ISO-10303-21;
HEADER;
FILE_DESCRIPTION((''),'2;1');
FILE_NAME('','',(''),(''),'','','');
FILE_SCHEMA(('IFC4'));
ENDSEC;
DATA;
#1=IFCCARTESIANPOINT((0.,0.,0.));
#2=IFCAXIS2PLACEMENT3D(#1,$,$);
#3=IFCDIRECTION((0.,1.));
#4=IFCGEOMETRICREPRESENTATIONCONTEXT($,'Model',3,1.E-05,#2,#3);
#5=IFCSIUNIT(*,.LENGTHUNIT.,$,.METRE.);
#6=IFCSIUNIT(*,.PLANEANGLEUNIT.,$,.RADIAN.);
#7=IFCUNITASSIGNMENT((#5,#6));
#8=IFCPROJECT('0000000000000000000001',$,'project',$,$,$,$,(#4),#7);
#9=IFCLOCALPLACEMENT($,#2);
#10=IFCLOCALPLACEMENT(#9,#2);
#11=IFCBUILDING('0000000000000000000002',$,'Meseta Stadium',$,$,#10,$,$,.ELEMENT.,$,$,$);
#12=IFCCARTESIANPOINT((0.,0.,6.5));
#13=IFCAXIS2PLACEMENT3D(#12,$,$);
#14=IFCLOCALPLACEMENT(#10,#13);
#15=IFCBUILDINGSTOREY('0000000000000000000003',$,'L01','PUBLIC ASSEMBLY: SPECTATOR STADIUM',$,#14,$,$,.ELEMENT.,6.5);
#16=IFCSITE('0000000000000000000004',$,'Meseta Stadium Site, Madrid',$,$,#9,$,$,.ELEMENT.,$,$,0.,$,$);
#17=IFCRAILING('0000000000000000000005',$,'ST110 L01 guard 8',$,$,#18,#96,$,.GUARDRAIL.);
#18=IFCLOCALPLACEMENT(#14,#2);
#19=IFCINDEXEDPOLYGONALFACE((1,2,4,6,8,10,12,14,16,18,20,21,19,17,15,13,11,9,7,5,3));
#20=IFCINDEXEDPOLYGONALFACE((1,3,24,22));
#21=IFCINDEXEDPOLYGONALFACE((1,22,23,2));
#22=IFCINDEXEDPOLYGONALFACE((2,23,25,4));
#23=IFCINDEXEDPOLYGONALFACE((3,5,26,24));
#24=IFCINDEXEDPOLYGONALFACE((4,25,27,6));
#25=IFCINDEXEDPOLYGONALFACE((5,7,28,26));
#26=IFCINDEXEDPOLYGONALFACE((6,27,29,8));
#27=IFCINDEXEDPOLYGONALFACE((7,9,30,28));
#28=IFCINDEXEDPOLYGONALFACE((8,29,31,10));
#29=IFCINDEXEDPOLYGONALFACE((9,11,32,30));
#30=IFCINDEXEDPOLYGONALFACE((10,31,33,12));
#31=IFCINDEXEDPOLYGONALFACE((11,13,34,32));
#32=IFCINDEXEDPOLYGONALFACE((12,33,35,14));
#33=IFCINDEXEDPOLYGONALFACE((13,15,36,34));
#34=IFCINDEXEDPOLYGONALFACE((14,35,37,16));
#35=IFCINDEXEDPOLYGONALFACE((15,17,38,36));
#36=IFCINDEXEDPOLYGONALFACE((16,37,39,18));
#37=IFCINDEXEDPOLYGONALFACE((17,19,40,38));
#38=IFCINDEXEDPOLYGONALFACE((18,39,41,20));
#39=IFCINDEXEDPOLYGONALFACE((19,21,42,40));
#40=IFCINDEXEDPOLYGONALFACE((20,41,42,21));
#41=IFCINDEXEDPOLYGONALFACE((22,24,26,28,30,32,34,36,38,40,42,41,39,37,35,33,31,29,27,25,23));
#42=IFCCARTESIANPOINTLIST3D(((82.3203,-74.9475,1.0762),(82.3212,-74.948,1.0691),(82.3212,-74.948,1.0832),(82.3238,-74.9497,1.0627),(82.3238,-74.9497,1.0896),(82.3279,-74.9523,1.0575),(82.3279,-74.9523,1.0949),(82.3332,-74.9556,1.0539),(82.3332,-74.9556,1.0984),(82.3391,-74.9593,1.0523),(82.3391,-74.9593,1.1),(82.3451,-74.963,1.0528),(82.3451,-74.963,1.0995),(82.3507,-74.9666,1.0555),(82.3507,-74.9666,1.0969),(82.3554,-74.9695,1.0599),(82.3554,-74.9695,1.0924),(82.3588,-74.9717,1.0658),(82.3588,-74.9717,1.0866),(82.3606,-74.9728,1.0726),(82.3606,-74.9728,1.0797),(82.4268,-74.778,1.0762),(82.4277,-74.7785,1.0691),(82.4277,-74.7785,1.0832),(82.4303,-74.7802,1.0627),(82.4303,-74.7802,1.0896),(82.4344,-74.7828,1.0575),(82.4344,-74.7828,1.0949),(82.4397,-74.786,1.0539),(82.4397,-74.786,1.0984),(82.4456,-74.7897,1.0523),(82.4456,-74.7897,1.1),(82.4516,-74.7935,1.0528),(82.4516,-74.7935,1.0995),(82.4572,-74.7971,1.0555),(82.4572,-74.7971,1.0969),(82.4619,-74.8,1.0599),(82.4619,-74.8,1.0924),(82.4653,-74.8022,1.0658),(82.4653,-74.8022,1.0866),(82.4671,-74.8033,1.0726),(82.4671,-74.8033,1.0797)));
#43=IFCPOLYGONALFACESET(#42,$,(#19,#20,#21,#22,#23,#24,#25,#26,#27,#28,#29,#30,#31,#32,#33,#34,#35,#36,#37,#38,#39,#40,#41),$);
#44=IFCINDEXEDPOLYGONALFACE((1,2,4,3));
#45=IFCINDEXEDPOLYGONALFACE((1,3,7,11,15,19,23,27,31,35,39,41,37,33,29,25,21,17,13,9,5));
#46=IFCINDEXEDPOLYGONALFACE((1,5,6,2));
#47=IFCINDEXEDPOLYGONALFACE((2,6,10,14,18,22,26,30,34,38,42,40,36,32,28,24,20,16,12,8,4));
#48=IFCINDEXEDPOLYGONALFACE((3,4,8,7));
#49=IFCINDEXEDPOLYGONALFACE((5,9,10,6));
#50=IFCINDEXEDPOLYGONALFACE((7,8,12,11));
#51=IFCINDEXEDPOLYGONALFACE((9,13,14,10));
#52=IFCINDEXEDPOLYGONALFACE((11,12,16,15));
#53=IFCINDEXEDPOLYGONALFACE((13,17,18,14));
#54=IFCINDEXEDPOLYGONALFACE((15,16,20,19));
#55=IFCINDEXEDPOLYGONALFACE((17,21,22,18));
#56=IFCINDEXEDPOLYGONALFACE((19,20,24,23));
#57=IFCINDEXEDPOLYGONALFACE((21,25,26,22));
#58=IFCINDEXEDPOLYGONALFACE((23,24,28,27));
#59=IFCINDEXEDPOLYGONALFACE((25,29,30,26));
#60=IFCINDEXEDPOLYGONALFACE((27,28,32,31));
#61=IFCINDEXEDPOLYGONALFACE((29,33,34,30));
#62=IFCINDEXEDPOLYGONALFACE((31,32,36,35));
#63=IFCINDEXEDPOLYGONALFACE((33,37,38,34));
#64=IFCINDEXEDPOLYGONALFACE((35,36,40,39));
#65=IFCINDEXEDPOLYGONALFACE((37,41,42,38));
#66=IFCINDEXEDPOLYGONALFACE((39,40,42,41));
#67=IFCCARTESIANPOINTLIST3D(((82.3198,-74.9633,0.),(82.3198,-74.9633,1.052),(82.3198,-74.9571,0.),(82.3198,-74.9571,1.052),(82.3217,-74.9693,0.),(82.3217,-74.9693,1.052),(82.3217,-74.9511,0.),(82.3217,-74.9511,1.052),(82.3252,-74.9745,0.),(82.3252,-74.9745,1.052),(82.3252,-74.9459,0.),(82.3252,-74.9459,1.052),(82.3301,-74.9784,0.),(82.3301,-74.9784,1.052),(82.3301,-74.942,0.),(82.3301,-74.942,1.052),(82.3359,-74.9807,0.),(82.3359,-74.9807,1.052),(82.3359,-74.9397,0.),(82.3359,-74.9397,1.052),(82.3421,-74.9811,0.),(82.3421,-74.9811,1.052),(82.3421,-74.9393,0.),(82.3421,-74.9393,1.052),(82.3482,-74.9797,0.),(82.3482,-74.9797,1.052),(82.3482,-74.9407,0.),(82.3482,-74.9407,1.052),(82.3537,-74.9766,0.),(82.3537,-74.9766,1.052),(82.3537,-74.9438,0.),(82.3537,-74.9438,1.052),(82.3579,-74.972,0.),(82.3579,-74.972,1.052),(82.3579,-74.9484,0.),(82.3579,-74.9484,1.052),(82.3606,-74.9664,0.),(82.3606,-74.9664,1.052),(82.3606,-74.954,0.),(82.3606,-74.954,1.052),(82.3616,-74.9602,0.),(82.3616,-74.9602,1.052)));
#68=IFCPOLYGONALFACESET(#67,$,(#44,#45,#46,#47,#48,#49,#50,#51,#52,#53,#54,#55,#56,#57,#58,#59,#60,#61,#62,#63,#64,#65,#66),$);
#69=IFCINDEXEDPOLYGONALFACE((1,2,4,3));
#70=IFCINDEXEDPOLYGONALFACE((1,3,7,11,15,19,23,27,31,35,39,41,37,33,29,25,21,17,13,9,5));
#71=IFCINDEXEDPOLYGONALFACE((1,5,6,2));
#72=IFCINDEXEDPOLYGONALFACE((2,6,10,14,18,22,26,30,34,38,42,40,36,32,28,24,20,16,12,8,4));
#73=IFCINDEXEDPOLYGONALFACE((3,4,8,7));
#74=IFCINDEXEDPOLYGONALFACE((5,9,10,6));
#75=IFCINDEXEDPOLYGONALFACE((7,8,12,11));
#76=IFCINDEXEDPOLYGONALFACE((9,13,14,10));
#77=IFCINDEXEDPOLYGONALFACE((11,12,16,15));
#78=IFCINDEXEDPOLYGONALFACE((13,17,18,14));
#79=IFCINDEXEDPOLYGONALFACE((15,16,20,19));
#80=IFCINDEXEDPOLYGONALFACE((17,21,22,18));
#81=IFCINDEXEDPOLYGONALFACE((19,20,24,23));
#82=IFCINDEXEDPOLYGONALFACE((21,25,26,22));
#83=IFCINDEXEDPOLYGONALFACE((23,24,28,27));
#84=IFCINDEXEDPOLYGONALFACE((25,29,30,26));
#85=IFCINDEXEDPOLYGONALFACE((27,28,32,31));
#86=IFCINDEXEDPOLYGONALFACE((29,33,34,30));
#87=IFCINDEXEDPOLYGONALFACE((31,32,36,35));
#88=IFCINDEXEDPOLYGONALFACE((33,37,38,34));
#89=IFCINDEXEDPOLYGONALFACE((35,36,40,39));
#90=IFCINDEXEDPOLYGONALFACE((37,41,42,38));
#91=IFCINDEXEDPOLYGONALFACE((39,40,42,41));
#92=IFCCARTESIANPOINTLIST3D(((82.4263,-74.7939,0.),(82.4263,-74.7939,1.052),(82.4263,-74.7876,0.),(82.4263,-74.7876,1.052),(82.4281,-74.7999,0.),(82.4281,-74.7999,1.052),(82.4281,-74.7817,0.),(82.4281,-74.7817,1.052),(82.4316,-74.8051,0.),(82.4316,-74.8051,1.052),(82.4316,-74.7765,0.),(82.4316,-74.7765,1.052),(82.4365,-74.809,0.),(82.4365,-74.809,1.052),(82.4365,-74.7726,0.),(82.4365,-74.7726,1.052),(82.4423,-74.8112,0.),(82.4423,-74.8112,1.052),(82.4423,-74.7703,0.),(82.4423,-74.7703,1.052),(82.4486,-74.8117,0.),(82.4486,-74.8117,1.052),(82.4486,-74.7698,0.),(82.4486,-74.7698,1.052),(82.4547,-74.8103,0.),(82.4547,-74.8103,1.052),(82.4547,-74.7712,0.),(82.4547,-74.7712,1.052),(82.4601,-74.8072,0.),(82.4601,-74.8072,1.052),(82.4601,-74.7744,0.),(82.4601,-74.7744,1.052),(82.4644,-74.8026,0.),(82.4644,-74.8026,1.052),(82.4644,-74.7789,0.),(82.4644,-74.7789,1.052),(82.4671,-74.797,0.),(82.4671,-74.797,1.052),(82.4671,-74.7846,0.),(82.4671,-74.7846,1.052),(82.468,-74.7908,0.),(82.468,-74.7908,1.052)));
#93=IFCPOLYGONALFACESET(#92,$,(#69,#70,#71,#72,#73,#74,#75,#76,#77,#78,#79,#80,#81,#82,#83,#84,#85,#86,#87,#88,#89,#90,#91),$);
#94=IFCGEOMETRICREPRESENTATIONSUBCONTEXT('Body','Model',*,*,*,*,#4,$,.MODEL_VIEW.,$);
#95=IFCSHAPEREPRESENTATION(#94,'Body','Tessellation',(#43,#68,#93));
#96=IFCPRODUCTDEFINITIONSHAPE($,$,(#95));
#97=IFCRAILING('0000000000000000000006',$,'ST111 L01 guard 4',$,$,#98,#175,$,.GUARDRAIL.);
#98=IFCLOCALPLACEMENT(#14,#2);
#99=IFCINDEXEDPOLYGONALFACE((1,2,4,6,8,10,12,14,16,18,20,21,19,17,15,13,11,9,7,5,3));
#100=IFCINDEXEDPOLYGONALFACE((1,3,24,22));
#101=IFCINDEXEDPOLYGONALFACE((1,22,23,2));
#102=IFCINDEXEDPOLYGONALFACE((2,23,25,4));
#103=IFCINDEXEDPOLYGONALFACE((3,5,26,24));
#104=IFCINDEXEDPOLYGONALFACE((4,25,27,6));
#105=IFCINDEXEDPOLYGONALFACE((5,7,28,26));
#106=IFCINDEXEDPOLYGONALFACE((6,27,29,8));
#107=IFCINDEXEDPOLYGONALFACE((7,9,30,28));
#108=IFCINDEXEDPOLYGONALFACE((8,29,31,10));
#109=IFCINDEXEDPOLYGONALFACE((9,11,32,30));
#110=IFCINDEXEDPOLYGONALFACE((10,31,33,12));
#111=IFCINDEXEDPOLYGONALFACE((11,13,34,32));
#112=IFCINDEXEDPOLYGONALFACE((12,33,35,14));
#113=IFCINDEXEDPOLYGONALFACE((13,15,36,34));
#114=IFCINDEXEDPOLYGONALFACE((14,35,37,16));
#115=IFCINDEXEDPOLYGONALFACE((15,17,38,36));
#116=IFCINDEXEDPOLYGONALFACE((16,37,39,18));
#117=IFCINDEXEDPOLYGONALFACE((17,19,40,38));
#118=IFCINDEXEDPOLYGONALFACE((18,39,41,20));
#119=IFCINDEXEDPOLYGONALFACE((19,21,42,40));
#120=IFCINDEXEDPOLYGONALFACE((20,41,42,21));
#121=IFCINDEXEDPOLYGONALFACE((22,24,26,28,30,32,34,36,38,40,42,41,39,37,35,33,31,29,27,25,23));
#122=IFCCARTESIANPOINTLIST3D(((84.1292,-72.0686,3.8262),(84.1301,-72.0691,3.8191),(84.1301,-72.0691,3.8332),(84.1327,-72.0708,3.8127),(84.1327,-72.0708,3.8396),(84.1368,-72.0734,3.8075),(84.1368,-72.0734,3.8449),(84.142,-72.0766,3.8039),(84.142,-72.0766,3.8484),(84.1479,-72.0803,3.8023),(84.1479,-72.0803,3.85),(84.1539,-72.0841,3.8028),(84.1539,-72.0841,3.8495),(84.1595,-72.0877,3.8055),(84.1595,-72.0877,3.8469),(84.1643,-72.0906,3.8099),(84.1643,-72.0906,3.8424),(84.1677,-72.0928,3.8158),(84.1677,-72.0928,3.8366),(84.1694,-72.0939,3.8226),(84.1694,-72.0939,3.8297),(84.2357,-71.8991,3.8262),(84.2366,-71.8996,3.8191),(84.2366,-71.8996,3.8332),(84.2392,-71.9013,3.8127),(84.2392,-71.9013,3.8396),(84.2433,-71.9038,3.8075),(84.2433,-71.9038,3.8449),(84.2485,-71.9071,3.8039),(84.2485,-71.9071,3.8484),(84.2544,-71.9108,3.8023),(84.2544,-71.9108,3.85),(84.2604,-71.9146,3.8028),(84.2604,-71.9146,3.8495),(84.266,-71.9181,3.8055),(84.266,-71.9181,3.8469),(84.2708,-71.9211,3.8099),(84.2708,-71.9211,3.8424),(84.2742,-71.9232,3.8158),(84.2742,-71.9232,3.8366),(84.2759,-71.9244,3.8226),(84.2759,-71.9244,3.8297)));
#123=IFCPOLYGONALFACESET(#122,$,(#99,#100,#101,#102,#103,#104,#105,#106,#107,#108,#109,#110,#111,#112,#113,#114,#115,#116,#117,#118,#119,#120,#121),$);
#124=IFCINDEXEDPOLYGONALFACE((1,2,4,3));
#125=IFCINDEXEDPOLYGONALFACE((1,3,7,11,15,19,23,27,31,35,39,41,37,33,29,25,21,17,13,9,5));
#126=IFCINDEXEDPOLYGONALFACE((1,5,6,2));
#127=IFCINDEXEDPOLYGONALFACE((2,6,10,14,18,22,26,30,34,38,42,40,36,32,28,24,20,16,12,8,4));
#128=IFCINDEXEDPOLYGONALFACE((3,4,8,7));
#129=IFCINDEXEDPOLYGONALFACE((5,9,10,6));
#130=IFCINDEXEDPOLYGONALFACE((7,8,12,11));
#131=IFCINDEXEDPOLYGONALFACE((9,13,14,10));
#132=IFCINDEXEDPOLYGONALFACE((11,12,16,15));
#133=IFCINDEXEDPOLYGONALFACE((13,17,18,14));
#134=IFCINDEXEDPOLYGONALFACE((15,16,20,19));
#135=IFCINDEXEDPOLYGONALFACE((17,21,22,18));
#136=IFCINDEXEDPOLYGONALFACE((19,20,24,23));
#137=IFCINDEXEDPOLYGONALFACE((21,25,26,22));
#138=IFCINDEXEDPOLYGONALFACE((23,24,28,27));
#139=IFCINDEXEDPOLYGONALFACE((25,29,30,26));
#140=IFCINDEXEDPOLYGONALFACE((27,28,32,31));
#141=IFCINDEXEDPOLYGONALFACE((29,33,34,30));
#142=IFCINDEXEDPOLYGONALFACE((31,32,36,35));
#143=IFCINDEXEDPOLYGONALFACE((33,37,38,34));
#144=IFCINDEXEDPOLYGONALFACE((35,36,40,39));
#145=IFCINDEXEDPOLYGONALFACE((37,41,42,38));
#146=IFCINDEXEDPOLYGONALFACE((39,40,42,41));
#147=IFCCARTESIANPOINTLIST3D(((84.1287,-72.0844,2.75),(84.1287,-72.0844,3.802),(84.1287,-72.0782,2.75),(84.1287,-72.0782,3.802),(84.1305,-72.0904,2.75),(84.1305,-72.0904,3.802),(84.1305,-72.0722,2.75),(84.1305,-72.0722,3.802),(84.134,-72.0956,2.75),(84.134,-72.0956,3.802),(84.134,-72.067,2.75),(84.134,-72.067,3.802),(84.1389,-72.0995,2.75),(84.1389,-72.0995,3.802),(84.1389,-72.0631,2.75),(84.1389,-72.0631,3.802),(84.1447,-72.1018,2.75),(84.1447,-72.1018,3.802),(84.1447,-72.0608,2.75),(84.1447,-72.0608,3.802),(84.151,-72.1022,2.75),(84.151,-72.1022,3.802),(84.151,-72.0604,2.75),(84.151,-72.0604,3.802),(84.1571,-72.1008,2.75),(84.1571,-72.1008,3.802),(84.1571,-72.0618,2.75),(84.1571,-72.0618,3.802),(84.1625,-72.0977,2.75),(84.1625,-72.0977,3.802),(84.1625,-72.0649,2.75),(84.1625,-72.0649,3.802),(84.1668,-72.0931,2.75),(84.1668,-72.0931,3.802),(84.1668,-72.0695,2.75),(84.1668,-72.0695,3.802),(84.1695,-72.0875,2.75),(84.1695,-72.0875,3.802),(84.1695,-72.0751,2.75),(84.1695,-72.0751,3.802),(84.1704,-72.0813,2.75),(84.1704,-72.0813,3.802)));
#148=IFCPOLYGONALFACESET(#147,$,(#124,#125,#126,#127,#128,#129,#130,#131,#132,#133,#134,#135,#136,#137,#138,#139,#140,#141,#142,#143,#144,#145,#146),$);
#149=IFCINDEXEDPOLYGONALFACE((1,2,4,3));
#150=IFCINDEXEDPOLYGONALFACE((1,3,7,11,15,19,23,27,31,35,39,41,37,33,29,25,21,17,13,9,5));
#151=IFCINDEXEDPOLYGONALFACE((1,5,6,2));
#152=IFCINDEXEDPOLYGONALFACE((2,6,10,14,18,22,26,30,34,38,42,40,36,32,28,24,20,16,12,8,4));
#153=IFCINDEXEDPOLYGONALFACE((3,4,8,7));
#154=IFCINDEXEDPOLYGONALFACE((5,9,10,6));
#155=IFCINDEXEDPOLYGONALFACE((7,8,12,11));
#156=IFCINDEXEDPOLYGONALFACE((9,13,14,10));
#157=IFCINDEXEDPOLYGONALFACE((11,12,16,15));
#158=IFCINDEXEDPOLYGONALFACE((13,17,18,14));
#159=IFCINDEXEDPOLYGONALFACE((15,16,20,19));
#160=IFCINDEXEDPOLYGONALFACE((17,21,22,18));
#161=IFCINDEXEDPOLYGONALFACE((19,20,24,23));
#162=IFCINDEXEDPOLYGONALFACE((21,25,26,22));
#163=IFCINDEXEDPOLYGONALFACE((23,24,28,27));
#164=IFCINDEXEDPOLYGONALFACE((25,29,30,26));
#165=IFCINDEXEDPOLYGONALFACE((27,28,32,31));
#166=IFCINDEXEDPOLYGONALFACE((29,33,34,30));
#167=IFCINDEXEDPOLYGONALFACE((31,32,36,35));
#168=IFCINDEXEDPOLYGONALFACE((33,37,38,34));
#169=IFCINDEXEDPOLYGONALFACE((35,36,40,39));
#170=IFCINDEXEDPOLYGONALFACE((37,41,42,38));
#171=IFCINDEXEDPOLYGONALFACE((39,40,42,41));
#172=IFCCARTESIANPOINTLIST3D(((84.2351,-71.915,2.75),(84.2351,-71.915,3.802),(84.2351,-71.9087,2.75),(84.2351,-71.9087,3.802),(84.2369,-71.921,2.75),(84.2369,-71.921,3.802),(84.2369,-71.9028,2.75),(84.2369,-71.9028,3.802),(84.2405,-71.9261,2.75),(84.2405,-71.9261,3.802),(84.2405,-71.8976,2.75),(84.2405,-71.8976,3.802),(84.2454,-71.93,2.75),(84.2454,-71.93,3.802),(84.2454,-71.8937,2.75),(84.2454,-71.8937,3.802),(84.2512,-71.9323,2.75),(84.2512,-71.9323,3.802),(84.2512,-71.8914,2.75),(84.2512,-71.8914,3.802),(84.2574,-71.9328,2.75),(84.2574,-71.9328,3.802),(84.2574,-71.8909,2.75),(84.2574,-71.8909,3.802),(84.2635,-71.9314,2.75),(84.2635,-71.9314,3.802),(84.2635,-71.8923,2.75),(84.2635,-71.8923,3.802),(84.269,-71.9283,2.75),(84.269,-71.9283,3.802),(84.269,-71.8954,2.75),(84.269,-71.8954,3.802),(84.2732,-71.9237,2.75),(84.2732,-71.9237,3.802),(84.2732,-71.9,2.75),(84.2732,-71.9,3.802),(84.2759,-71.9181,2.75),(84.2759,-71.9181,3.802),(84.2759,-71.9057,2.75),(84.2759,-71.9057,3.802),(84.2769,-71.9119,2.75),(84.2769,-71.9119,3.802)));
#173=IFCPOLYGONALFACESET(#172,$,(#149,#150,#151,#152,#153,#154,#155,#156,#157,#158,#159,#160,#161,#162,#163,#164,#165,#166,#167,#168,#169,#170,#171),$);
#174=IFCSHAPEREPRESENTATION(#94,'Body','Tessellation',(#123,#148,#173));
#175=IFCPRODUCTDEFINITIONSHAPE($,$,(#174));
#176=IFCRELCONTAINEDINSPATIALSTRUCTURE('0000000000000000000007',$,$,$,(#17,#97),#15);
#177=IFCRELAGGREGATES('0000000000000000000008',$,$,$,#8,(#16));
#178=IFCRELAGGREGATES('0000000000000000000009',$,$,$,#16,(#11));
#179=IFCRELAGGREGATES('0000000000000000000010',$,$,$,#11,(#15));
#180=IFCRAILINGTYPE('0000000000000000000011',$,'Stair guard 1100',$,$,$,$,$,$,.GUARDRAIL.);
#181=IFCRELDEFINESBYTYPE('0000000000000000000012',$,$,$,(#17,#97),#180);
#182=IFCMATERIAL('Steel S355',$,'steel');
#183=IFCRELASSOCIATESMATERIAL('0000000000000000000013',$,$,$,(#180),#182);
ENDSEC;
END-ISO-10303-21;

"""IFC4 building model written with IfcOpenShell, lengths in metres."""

from ifc_helpers import new_model, si_unit, direction, frame, origin, origin_2d, place, context, subcontext, project, spatial, circle, extrude, material, type_object, element, save


model = new_model("IFC4")

# Units and contexts
model_context = context("Model", 3, precision=1e-05, world=origin(), true_north=direction((0.0, 1.0)))
body_context = subcontext(model_context, "Body", "Model", "MODEL_VIEW")
ifc_project = project(units=[si_unit("LENGTHUNIT", "METRE"), si_unit("PLANEANGLEUNIT", "RADIAN")], contexts=[model_context])

# Site, building, storey
site_placement = place(None, origin())
site = spatial("IfcSite", under=ifc_project, at=site_placement, Name="Meseta Stadium Site, Madrid", CompositionType="ELEMENT", RefElevation=0.0)
building_placement = place(site_placement, origin())
building = spatial("IfcBuilding", under=site, at=building_placement, Name="Meseta Stadium", CompositionType="ELEMENT")
storey_placement = place(building_placement, frame((0.0, 0.0, 6.5)))
storey = spatial("IfcBuildingStorey", under=building, at=storey_placement, Name="L01", Description="PUBLIC ASSEMBLY: SPECTATOR STADIUM", CompositionType="ELEMENT", Elevation=6.5)

# Railings
ifc_material_1 = material(Name="Steel S355", Category="steel")
railing_type_1 = type_object("IfcRailingType", Name="Stair guard 1100", PredefinedType="GUARDRAIL", material=ifc_material_1)
for number, where, name in (
    (1, (82.3406, -74.9602, 0.0), "ST110 L01 guard 8"),
    (2, (84.1494, -72.0813, 2.75), "ST111 L01 guard 4"),
):
    element("IfcRailing", number, at=place(storey_placement, frame(where)), inside=storey, type_object=railing_type_1, Name=name, PredefinedType="GUARDRAIL", context=body_context, shape_type="SweptSolid", body=[
        extrude(circle(Radius=0.0239, at=origin_2d()), frame((0.0, 0.0, 1.0762), z_axis=(0.531972, 0.846762, 0.0), x_axis=(-0.846762, 0.531972, 0.0)), (0.0, 0.0, 1.0), 0.2002),
        extrude(circle(Radius=0.021, at=origin_2d()), origin(), (0.0, 0.0, 1.0), 1.052),
        extrude(circle(Radius=0.021, at=origin_2d()), frame((0.1064, 0.1694, 0.0)), (0.0, 0.0, 1.0), 1.052),
    ])

save(model, "model.ifc")
